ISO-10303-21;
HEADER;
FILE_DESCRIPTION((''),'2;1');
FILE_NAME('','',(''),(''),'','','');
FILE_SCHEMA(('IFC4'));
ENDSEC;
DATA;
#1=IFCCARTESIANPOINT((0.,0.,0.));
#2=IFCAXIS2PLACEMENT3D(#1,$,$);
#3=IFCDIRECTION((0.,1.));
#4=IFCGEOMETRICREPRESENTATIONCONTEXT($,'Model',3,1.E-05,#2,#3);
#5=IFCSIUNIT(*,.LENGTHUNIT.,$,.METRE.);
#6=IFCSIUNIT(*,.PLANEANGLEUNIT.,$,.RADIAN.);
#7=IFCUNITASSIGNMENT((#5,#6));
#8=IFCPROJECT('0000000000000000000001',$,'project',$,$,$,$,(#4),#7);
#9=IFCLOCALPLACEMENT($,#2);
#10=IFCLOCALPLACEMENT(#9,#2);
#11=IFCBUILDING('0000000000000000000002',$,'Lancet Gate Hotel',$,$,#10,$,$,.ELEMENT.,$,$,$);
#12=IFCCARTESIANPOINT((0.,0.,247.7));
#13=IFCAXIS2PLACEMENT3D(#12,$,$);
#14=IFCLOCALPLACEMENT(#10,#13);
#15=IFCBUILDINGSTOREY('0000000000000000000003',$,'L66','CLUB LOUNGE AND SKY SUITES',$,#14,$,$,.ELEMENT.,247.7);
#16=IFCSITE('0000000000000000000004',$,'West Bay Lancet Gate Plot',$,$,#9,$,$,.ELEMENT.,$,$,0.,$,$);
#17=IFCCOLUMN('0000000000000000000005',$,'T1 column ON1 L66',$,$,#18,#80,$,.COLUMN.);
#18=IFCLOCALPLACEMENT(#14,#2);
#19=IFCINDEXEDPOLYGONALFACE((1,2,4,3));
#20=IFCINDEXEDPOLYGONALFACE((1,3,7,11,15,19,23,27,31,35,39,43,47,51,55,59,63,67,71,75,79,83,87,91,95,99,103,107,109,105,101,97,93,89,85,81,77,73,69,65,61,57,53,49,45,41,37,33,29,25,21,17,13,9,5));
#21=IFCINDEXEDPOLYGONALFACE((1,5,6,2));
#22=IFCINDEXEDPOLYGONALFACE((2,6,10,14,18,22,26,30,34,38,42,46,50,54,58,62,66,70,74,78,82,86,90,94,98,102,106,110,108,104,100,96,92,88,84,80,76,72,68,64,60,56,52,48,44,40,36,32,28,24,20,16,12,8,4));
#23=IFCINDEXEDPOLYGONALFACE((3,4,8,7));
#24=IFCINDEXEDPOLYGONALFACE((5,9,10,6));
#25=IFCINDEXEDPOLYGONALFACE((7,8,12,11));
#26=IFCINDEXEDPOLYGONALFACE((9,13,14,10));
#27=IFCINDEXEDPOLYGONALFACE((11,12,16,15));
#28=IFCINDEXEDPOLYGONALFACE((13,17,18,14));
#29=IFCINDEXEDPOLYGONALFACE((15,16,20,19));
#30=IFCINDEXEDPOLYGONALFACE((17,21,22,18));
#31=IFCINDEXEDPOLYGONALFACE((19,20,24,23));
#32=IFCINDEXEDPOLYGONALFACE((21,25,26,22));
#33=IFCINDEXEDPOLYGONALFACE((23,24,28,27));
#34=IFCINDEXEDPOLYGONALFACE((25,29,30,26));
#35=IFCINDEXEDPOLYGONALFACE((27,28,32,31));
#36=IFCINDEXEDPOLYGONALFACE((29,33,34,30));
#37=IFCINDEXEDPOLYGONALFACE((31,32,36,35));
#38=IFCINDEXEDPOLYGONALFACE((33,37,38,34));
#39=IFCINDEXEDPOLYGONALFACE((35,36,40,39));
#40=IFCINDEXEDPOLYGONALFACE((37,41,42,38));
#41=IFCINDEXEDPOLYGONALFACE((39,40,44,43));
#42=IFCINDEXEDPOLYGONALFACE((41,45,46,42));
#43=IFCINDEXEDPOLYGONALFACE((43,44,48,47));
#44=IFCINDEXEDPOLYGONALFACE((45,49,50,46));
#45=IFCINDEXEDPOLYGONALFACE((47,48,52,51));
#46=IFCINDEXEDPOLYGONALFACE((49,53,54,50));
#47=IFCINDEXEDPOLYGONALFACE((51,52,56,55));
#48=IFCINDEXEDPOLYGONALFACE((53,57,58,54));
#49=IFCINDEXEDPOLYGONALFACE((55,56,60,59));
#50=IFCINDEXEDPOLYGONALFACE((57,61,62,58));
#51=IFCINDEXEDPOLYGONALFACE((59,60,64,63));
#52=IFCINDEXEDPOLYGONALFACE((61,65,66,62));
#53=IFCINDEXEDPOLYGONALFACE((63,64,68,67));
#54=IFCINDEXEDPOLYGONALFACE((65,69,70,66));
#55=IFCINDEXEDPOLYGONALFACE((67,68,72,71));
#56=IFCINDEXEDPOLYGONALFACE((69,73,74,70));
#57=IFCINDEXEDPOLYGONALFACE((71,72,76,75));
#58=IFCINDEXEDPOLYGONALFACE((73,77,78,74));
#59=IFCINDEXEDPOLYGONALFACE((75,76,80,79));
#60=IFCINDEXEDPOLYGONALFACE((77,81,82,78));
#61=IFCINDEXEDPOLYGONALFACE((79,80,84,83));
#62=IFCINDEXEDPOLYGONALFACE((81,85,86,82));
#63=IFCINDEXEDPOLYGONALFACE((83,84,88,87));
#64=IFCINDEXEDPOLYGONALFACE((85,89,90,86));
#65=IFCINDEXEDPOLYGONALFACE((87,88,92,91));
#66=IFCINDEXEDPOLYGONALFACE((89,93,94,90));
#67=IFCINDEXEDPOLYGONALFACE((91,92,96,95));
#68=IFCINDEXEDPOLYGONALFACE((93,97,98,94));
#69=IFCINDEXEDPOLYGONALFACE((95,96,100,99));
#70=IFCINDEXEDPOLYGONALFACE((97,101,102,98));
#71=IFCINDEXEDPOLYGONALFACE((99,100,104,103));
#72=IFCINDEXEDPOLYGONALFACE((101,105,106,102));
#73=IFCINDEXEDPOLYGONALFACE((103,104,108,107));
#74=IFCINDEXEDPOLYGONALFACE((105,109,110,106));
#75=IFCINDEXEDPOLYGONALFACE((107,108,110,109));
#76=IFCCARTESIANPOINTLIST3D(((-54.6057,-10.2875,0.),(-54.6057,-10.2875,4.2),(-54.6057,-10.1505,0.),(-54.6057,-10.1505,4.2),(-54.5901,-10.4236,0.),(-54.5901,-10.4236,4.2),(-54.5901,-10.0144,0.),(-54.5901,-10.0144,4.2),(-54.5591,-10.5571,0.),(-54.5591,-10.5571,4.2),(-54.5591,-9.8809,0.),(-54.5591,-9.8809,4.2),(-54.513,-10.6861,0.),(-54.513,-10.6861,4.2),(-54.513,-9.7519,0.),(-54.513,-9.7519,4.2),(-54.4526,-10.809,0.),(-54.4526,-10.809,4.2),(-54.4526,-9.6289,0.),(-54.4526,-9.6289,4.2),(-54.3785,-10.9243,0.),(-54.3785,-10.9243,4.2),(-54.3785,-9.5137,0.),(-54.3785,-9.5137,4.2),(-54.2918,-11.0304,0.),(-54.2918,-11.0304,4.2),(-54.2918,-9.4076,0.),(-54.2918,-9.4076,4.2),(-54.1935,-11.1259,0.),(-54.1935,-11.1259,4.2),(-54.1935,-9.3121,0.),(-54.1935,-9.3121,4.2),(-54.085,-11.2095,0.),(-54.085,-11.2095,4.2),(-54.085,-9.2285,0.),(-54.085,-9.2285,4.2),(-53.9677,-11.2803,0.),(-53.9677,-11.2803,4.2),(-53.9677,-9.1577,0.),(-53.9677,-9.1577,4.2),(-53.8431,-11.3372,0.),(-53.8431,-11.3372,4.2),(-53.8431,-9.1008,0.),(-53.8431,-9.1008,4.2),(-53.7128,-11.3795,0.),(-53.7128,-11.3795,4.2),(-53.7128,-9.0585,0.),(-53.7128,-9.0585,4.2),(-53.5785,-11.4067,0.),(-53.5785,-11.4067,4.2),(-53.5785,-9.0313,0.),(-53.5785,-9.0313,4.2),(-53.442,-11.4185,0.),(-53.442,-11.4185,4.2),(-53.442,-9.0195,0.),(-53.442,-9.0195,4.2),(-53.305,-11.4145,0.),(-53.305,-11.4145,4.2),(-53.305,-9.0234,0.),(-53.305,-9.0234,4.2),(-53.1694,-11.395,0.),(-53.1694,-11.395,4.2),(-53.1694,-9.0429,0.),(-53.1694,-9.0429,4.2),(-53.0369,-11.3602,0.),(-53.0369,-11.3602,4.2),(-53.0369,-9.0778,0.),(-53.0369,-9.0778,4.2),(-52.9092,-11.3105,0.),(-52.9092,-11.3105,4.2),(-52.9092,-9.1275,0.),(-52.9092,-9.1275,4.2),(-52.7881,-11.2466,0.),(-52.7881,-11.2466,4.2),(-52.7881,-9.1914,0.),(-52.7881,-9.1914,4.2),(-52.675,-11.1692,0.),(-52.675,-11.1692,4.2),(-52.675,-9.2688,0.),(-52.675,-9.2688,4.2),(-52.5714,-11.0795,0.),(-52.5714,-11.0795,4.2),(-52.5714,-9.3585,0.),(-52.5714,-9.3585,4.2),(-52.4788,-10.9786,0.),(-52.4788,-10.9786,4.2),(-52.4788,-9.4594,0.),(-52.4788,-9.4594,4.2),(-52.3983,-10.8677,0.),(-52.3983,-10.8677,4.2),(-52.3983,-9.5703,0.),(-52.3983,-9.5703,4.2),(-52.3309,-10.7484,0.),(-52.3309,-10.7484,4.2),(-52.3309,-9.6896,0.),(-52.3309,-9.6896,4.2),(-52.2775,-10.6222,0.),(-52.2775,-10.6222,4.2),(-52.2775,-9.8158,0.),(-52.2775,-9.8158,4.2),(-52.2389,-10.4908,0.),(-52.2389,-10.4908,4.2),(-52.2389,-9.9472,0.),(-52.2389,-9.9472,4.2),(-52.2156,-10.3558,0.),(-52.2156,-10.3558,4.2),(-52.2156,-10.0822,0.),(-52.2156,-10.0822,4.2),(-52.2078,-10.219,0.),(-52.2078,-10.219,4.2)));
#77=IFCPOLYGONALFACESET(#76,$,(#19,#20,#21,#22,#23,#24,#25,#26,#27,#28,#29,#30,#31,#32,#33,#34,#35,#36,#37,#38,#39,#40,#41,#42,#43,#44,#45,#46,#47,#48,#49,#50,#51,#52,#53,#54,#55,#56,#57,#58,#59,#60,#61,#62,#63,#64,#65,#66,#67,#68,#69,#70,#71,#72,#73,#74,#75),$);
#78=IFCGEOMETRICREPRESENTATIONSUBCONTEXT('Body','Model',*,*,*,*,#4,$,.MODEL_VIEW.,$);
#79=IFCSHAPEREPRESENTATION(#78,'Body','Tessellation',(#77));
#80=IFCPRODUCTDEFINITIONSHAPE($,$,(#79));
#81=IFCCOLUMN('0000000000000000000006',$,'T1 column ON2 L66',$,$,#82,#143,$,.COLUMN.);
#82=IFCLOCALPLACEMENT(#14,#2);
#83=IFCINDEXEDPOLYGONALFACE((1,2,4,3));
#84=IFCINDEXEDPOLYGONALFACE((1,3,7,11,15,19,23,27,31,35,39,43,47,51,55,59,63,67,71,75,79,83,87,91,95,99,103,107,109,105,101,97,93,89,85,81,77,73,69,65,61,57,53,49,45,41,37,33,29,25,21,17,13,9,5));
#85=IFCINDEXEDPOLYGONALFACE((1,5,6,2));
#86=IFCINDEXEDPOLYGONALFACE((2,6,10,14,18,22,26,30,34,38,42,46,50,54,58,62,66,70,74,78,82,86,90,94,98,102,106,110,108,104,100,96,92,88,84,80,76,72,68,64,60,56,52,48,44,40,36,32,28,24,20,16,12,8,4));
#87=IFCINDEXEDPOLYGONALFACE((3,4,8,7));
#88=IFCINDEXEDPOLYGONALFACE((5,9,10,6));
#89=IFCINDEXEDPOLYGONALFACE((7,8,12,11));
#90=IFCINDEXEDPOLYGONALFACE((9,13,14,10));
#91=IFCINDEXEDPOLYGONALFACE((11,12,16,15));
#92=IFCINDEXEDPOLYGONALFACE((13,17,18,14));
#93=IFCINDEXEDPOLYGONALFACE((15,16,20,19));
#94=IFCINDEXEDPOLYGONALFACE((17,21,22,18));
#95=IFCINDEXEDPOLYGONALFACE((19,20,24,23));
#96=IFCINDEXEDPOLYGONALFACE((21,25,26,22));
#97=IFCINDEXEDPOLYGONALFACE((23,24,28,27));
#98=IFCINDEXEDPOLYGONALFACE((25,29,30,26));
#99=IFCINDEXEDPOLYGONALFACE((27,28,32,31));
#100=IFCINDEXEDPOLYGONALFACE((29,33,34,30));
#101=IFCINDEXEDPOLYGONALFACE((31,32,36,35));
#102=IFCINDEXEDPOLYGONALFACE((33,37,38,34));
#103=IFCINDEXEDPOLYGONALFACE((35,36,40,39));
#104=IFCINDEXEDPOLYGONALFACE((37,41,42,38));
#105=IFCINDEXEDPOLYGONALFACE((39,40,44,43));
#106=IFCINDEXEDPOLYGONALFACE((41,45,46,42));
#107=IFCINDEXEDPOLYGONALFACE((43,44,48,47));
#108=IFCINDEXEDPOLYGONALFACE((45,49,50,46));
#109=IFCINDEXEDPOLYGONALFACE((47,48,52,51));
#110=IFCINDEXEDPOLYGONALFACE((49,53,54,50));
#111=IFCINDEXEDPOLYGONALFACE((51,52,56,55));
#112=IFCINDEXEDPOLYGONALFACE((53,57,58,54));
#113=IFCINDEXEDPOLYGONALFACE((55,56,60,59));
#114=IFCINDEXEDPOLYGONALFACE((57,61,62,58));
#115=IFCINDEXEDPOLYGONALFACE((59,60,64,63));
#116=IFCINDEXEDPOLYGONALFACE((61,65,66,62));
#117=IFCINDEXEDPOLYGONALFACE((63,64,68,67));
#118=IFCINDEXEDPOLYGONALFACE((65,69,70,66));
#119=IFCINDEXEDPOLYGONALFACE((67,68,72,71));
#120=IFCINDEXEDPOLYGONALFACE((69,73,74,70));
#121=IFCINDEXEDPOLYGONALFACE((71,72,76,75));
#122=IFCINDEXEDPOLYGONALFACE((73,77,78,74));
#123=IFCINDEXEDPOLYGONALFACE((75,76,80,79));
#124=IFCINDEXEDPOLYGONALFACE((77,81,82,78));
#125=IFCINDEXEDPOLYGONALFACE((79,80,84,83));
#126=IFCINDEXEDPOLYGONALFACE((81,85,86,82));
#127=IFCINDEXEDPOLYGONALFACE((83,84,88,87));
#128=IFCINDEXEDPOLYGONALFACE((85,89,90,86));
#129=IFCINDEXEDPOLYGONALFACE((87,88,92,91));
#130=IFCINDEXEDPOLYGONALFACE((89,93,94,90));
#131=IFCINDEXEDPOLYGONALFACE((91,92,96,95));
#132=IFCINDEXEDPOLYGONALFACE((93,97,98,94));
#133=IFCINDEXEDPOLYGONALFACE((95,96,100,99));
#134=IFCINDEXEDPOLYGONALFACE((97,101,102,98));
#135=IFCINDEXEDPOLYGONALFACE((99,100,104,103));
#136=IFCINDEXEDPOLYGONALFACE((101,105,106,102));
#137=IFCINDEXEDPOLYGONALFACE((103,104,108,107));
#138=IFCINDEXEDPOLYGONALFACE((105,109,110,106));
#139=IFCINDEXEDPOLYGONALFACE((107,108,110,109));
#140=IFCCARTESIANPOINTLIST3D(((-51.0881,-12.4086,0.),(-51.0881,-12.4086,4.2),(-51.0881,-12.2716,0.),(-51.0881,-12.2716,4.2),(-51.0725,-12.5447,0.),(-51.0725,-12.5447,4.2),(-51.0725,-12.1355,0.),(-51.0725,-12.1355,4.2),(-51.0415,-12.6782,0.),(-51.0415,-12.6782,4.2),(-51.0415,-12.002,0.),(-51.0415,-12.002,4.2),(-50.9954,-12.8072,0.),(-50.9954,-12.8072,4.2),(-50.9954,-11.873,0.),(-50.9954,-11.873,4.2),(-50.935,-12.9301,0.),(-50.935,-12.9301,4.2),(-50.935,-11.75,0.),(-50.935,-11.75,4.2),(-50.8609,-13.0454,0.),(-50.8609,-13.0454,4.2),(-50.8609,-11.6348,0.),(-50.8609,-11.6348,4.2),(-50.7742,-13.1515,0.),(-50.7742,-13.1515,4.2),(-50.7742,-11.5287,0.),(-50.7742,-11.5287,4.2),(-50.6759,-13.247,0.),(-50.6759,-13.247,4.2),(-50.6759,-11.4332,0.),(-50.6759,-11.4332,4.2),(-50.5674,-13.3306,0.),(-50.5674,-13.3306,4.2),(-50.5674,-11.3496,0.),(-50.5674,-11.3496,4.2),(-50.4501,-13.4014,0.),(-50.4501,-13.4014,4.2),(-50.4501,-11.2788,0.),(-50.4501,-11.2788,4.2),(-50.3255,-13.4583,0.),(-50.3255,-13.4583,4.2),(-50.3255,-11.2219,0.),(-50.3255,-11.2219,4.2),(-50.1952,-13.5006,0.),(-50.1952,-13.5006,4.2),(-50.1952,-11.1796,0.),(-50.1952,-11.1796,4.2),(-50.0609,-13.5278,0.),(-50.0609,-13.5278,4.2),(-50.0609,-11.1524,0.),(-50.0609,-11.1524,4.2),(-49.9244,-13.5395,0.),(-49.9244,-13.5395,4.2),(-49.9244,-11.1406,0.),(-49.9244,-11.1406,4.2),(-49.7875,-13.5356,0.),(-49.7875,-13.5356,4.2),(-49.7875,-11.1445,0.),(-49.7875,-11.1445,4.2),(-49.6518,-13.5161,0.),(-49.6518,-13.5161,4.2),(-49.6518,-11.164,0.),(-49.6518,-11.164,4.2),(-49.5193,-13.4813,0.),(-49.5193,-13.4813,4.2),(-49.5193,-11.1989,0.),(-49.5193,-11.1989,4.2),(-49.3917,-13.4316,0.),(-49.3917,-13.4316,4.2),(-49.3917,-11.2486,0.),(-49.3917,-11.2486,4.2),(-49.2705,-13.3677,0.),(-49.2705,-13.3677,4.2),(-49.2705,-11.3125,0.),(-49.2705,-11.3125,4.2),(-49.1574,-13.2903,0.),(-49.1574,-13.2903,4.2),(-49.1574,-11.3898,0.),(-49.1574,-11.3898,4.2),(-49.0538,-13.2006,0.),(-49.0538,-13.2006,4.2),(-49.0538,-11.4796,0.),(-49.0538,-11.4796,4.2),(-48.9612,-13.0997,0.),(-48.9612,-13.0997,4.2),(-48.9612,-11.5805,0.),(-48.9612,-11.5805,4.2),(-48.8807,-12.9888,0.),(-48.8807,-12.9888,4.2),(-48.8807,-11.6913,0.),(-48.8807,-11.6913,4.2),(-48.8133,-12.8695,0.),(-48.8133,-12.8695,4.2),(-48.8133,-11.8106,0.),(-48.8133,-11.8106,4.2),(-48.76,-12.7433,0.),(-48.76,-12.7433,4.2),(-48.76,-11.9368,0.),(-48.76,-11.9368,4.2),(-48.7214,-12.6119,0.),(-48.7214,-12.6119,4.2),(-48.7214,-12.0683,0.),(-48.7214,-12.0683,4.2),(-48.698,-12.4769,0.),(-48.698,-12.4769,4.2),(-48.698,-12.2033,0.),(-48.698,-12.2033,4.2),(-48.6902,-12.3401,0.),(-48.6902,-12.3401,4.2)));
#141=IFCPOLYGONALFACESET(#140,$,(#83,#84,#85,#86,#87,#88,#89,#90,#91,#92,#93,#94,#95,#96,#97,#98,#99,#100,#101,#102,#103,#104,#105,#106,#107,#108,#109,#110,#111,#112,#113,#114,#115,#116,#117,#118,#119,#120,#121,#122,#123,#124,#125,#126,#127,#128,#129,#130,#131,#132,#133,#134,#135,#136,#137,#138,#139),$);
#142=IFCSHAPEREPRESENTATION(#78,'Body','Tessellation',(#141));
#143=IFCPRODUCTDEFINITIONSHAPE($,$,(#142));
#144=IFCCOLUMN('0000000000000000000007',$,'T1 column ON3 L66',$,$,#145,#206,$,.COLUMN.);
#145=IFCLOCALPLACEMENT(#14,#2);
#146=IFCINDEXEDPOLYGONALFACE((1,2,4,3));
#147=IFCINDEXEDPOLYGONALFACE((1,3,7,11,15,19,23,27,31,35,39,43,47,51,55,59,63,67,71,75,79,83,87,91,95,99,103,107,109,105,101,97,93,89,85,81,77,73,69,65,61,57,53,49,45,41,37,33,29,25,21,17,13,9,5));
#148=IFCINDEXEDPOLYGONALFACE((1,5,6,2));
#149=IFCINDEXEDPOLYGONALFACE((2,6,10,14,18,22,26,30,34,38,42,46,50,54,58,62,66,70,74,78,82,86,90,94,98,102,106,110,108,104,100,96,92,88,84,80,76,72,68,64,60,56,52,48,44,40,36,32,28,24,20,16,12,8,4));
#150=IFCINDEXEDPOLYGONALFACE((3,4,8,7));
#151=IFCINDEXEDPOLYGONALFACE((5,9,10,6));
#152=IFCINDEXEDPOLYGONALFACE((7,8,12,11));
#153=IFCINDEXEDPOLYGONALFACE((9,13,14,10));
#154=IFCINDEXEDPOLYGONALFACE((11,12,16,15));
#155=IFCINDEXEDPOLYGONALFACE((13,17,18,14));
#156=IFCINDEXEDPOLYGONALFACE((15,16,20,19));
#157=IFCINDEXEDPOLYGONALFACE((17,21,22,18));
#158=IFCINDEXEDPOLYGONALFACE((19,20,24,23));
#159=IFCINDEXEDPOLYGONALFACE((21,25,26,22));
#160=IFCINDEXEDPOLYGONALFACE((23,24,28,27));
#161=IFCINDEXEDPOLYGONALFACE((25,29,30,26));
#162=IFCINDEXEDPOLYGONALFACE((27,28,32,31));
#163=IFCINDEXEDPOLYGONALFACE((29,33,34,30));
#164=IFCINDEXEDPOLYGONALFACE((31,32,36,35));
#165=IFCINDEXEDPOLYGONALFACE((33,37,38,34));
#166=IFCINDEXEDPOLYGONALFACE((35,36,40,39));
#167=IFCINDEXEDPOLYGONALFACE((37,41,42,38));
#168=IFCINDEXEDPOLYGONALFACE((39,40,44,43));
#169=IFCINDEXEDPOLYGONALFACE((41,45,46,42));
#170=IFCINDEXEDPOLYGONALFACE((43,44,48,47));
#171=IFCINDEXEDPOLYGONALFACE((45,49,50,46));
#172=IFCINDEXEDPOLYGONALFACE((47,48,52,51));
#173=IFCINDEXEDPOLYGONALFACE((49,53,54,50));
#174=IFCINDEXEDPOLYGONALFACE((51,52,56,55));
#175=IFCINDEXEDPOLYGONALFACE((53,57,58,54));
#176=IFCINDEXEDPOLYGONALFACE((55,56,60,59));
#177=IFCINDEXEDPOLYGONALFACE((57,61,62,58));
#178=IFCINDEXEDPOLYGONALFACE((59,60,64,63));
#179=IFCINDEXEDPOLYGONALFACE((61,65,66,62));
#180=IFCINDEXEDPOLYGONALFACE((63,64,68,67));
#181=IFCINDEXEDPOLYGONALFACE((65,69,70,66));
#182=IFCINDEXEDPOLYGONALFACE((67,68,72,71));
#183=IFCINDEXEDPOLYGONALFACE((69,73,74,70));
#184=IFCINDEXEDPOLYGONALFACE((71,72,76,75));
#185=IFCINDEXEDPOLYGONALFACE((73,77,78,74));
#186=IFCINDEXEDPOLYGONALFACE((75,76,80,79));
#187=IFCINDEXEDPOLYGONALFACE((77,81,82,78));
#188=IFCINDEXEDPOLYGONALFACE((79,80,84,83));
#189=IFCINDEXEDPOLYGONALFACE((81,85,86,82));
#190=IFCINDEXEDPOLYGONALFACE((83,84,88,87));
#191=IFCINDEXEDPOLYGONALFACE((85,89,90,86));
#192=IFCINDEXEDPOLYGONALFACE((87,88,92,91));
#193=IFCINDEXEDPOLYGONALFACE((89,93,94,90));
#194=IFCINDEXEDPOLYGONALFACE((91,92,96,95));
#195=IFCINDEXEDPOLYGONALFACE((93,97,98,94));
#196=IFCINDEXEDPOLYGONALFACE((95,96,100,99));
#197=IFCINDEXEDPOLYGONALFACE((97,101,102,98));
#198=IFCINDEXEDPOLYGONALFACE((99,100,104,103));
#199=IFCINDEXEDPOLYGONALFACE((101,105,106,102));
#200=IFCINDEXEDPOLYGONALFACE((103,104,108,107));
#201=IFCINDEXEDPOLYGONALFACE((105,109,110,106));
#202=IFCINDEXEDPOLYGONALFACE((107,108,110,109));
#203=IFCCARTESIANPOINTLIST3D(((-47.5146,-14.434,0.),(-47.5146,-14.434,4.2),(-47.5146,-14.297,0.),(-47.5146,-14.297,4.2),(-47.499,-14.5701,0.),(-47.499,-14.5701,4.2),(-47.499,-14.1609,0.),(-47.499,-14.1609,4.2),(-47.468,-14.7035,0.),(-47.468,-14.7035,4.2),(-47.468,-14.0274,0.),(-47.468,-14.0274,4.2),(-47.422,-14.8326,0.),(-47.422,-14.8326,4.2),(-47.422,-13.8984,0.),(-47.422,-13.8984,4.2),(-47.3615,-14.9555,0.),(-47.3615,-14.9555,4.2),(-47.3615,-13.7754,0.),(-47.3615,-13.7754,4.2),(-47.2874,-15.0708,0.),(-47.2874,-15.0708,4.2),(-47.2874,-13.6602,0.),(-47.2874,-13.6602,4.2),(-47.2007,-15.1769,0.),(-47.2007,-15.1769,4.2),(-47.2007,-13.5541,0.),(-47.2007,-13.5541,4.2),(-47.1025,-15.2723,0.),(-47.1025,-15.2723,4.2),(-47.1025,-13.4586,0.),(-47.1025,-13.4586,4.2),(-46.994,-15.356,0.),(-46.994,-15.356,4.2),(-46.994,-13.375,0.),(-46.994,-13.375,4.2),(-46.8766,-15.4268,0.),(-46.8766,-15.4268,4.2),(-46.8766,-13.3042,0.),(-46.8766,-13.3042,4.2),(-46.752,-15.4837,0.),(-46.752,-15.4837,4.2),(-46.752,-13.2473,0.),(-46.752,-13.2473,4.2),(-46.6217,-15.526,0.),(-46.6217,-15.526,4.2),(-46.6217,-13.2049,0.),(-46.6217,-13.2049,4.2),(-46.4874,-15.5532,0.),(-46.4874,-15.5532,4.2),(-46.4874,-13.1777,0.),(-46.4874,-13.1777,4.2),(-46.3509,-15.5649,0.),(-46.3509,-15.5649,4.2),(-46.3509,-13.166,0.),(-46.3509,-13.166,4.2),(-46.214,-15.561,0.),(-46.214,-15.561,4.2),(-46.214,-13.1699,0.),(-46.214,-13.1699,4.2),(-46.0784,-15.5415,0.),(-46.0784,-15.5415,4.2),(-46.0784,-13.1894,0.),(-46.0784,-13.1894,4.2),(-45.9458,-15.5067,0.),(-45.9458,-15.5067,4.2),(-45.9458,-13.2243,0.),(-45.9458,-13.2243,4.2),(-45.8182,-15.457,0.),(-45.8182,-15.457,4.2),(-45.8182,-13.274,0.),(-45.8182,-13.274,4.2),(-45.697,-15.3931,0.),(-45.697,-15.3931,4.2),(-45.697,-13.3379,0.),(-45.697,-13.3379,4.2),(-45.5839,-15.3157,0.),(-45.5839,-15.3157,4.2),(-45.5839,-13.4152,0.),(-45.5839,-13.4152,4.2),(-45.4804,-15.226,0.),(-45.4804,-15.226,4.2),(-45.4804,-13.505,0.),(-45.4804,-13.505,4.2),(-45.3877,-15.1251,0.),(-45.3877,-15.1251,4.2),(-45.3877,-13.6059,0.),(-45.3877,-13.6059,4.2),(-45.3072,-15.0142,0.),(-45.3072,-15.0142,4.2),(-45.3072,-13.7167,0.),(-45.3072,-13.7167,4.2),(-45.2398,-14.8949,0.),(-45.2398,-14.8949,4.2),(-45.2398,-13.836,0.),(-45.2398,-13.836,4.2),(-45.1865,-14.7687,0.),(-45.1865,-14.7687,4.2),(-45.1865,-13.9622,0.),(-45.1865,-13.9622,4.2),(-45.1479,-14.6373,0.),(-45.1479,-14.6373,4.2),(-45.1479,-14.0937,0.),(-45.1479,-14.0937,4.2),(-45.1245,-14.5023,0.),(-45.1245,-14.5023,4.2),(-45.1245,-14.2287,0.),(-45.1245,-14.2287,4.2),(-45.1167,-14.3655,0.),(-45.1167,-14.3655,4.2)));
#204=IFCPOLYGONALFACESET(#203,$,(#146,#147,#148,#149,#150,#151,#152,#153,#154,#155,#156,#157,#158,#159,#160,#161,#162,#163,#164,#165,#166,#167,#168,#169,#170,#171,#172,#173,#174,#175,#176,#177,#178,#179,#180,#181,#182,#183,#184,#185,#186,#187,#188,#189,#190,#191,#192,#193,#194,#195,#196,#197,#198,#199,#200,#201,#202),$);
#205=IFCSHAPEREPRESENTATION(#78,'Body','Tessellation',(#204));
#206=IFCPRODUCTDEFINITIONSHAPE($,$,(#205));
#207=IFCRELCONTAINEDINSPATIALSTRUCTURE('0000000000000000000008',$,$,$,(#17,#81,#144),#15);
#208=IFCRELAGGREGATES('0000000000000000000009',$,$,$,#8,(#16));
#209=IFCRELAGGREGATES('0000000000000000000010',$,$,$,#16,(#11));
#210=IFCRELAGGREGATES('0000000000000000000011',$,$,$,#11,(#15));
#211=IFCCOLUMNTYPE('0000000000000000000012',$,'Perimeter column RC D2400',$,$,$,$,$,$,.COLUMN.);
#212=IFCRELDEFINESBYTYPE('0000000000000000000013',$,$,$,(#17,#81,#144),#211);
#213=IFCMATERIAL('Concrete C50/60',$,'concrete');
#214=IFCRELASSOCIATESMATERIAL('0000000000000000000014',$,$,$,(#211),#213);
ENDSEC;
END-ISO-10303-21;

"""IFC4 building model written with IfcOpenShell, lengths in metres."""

from ifc_helpers import new_model, si_unit, direction, frame, origin, origin_2d, place, context, subcontext, project, spatial, circle, extrude, material, material_profile, profile_set, type_object, element, save


model = new_model("IFC4")

# Units and contexts
model_context = context("Model", 3, precision=1e-05, world=origin(), true_north=direction((0.0, 1.0)))
body_context = subcontext(model_context, "Body", "Model", "MODEL_VIEW")
ifc_project = project(units=[si_unit("LENGTHUNIT", "METRE"), si_unit("PLANEANGLEUNIT", "RADIAN")], contexts=[model_context])

# Site, building, storey
site_placement = place(None, origin())
site = spatial("IfcSite", under=ifc_project, at=site_placement, Name="West Bay Lancet Gate Plot", CompositionType="ELEMENT", RefElevation=0.0)
building_placement = place(site_placement, origin())
building = spatial("IfcBuilding", under=site, at=building_placement, Name="Lancet Gate Hotel", CompositionType="ELEMENT")
storey_placement = place(building_placement, frame((0.0, 0.0, 247.7)))
storey = spatial("IfcBuildingStorey", under=building, at=storey_placement, Name="L66", Description="CLUB LOUNGE AND SKY SUITES", CompositionType="ELEMENT", Elevation=247.7)

# Columns
ifc_material_1 = material(Name="Concrete C50/60", Category="concrete")
ifc_material_profile_1 = material_profile(ifc_material_1, circle(Radius=1.2, at=origin_2d()), Name="RC D2400")
ifc_profile_set_1 = profile_set([ifc_material_profile_1], Name="Concrete C50/60")
column_type = type_object("IfcColumnType", Name="Perimeter column RC D2400", PredefinedType="COLUMN", material=ifc_profile_set_1)
for number, where, z_axis, x_axis, name in (
    (1, (-53.4077, -10.219, 0.0), (0.0, 0.0, 1.0), (1.0, 0.0, 0.0), "T1 column ON1 L66"),
    (2, (-49.8901, -12.3401, 0.0), (0.0, 0.0, 1.0), (1.0, 0.0, 0.0), "T1 column ON2 L66"),
    (3, (-46.3167, -14.3655, 0.0), (0.0, 0.0, 1.0), (1.0, 0.0, 0.0), "T1 column ON3 L66"),
):
    element("IfcColumn", number, at=place(storey_placement, frame(where, z_axis=z_axis, x_axis=x_axis)), inside=storey, type_object=column_type, Name=name, PredefinedType="COLUMN", context=body_context, shape_type="SweptSolid", body=[
        extrude(circle(Radius=1.2, at=origin_2d()), origin(), (0.0, 0.0, 1.0), 4.2),
    ])

save(model, "model.ifc")
